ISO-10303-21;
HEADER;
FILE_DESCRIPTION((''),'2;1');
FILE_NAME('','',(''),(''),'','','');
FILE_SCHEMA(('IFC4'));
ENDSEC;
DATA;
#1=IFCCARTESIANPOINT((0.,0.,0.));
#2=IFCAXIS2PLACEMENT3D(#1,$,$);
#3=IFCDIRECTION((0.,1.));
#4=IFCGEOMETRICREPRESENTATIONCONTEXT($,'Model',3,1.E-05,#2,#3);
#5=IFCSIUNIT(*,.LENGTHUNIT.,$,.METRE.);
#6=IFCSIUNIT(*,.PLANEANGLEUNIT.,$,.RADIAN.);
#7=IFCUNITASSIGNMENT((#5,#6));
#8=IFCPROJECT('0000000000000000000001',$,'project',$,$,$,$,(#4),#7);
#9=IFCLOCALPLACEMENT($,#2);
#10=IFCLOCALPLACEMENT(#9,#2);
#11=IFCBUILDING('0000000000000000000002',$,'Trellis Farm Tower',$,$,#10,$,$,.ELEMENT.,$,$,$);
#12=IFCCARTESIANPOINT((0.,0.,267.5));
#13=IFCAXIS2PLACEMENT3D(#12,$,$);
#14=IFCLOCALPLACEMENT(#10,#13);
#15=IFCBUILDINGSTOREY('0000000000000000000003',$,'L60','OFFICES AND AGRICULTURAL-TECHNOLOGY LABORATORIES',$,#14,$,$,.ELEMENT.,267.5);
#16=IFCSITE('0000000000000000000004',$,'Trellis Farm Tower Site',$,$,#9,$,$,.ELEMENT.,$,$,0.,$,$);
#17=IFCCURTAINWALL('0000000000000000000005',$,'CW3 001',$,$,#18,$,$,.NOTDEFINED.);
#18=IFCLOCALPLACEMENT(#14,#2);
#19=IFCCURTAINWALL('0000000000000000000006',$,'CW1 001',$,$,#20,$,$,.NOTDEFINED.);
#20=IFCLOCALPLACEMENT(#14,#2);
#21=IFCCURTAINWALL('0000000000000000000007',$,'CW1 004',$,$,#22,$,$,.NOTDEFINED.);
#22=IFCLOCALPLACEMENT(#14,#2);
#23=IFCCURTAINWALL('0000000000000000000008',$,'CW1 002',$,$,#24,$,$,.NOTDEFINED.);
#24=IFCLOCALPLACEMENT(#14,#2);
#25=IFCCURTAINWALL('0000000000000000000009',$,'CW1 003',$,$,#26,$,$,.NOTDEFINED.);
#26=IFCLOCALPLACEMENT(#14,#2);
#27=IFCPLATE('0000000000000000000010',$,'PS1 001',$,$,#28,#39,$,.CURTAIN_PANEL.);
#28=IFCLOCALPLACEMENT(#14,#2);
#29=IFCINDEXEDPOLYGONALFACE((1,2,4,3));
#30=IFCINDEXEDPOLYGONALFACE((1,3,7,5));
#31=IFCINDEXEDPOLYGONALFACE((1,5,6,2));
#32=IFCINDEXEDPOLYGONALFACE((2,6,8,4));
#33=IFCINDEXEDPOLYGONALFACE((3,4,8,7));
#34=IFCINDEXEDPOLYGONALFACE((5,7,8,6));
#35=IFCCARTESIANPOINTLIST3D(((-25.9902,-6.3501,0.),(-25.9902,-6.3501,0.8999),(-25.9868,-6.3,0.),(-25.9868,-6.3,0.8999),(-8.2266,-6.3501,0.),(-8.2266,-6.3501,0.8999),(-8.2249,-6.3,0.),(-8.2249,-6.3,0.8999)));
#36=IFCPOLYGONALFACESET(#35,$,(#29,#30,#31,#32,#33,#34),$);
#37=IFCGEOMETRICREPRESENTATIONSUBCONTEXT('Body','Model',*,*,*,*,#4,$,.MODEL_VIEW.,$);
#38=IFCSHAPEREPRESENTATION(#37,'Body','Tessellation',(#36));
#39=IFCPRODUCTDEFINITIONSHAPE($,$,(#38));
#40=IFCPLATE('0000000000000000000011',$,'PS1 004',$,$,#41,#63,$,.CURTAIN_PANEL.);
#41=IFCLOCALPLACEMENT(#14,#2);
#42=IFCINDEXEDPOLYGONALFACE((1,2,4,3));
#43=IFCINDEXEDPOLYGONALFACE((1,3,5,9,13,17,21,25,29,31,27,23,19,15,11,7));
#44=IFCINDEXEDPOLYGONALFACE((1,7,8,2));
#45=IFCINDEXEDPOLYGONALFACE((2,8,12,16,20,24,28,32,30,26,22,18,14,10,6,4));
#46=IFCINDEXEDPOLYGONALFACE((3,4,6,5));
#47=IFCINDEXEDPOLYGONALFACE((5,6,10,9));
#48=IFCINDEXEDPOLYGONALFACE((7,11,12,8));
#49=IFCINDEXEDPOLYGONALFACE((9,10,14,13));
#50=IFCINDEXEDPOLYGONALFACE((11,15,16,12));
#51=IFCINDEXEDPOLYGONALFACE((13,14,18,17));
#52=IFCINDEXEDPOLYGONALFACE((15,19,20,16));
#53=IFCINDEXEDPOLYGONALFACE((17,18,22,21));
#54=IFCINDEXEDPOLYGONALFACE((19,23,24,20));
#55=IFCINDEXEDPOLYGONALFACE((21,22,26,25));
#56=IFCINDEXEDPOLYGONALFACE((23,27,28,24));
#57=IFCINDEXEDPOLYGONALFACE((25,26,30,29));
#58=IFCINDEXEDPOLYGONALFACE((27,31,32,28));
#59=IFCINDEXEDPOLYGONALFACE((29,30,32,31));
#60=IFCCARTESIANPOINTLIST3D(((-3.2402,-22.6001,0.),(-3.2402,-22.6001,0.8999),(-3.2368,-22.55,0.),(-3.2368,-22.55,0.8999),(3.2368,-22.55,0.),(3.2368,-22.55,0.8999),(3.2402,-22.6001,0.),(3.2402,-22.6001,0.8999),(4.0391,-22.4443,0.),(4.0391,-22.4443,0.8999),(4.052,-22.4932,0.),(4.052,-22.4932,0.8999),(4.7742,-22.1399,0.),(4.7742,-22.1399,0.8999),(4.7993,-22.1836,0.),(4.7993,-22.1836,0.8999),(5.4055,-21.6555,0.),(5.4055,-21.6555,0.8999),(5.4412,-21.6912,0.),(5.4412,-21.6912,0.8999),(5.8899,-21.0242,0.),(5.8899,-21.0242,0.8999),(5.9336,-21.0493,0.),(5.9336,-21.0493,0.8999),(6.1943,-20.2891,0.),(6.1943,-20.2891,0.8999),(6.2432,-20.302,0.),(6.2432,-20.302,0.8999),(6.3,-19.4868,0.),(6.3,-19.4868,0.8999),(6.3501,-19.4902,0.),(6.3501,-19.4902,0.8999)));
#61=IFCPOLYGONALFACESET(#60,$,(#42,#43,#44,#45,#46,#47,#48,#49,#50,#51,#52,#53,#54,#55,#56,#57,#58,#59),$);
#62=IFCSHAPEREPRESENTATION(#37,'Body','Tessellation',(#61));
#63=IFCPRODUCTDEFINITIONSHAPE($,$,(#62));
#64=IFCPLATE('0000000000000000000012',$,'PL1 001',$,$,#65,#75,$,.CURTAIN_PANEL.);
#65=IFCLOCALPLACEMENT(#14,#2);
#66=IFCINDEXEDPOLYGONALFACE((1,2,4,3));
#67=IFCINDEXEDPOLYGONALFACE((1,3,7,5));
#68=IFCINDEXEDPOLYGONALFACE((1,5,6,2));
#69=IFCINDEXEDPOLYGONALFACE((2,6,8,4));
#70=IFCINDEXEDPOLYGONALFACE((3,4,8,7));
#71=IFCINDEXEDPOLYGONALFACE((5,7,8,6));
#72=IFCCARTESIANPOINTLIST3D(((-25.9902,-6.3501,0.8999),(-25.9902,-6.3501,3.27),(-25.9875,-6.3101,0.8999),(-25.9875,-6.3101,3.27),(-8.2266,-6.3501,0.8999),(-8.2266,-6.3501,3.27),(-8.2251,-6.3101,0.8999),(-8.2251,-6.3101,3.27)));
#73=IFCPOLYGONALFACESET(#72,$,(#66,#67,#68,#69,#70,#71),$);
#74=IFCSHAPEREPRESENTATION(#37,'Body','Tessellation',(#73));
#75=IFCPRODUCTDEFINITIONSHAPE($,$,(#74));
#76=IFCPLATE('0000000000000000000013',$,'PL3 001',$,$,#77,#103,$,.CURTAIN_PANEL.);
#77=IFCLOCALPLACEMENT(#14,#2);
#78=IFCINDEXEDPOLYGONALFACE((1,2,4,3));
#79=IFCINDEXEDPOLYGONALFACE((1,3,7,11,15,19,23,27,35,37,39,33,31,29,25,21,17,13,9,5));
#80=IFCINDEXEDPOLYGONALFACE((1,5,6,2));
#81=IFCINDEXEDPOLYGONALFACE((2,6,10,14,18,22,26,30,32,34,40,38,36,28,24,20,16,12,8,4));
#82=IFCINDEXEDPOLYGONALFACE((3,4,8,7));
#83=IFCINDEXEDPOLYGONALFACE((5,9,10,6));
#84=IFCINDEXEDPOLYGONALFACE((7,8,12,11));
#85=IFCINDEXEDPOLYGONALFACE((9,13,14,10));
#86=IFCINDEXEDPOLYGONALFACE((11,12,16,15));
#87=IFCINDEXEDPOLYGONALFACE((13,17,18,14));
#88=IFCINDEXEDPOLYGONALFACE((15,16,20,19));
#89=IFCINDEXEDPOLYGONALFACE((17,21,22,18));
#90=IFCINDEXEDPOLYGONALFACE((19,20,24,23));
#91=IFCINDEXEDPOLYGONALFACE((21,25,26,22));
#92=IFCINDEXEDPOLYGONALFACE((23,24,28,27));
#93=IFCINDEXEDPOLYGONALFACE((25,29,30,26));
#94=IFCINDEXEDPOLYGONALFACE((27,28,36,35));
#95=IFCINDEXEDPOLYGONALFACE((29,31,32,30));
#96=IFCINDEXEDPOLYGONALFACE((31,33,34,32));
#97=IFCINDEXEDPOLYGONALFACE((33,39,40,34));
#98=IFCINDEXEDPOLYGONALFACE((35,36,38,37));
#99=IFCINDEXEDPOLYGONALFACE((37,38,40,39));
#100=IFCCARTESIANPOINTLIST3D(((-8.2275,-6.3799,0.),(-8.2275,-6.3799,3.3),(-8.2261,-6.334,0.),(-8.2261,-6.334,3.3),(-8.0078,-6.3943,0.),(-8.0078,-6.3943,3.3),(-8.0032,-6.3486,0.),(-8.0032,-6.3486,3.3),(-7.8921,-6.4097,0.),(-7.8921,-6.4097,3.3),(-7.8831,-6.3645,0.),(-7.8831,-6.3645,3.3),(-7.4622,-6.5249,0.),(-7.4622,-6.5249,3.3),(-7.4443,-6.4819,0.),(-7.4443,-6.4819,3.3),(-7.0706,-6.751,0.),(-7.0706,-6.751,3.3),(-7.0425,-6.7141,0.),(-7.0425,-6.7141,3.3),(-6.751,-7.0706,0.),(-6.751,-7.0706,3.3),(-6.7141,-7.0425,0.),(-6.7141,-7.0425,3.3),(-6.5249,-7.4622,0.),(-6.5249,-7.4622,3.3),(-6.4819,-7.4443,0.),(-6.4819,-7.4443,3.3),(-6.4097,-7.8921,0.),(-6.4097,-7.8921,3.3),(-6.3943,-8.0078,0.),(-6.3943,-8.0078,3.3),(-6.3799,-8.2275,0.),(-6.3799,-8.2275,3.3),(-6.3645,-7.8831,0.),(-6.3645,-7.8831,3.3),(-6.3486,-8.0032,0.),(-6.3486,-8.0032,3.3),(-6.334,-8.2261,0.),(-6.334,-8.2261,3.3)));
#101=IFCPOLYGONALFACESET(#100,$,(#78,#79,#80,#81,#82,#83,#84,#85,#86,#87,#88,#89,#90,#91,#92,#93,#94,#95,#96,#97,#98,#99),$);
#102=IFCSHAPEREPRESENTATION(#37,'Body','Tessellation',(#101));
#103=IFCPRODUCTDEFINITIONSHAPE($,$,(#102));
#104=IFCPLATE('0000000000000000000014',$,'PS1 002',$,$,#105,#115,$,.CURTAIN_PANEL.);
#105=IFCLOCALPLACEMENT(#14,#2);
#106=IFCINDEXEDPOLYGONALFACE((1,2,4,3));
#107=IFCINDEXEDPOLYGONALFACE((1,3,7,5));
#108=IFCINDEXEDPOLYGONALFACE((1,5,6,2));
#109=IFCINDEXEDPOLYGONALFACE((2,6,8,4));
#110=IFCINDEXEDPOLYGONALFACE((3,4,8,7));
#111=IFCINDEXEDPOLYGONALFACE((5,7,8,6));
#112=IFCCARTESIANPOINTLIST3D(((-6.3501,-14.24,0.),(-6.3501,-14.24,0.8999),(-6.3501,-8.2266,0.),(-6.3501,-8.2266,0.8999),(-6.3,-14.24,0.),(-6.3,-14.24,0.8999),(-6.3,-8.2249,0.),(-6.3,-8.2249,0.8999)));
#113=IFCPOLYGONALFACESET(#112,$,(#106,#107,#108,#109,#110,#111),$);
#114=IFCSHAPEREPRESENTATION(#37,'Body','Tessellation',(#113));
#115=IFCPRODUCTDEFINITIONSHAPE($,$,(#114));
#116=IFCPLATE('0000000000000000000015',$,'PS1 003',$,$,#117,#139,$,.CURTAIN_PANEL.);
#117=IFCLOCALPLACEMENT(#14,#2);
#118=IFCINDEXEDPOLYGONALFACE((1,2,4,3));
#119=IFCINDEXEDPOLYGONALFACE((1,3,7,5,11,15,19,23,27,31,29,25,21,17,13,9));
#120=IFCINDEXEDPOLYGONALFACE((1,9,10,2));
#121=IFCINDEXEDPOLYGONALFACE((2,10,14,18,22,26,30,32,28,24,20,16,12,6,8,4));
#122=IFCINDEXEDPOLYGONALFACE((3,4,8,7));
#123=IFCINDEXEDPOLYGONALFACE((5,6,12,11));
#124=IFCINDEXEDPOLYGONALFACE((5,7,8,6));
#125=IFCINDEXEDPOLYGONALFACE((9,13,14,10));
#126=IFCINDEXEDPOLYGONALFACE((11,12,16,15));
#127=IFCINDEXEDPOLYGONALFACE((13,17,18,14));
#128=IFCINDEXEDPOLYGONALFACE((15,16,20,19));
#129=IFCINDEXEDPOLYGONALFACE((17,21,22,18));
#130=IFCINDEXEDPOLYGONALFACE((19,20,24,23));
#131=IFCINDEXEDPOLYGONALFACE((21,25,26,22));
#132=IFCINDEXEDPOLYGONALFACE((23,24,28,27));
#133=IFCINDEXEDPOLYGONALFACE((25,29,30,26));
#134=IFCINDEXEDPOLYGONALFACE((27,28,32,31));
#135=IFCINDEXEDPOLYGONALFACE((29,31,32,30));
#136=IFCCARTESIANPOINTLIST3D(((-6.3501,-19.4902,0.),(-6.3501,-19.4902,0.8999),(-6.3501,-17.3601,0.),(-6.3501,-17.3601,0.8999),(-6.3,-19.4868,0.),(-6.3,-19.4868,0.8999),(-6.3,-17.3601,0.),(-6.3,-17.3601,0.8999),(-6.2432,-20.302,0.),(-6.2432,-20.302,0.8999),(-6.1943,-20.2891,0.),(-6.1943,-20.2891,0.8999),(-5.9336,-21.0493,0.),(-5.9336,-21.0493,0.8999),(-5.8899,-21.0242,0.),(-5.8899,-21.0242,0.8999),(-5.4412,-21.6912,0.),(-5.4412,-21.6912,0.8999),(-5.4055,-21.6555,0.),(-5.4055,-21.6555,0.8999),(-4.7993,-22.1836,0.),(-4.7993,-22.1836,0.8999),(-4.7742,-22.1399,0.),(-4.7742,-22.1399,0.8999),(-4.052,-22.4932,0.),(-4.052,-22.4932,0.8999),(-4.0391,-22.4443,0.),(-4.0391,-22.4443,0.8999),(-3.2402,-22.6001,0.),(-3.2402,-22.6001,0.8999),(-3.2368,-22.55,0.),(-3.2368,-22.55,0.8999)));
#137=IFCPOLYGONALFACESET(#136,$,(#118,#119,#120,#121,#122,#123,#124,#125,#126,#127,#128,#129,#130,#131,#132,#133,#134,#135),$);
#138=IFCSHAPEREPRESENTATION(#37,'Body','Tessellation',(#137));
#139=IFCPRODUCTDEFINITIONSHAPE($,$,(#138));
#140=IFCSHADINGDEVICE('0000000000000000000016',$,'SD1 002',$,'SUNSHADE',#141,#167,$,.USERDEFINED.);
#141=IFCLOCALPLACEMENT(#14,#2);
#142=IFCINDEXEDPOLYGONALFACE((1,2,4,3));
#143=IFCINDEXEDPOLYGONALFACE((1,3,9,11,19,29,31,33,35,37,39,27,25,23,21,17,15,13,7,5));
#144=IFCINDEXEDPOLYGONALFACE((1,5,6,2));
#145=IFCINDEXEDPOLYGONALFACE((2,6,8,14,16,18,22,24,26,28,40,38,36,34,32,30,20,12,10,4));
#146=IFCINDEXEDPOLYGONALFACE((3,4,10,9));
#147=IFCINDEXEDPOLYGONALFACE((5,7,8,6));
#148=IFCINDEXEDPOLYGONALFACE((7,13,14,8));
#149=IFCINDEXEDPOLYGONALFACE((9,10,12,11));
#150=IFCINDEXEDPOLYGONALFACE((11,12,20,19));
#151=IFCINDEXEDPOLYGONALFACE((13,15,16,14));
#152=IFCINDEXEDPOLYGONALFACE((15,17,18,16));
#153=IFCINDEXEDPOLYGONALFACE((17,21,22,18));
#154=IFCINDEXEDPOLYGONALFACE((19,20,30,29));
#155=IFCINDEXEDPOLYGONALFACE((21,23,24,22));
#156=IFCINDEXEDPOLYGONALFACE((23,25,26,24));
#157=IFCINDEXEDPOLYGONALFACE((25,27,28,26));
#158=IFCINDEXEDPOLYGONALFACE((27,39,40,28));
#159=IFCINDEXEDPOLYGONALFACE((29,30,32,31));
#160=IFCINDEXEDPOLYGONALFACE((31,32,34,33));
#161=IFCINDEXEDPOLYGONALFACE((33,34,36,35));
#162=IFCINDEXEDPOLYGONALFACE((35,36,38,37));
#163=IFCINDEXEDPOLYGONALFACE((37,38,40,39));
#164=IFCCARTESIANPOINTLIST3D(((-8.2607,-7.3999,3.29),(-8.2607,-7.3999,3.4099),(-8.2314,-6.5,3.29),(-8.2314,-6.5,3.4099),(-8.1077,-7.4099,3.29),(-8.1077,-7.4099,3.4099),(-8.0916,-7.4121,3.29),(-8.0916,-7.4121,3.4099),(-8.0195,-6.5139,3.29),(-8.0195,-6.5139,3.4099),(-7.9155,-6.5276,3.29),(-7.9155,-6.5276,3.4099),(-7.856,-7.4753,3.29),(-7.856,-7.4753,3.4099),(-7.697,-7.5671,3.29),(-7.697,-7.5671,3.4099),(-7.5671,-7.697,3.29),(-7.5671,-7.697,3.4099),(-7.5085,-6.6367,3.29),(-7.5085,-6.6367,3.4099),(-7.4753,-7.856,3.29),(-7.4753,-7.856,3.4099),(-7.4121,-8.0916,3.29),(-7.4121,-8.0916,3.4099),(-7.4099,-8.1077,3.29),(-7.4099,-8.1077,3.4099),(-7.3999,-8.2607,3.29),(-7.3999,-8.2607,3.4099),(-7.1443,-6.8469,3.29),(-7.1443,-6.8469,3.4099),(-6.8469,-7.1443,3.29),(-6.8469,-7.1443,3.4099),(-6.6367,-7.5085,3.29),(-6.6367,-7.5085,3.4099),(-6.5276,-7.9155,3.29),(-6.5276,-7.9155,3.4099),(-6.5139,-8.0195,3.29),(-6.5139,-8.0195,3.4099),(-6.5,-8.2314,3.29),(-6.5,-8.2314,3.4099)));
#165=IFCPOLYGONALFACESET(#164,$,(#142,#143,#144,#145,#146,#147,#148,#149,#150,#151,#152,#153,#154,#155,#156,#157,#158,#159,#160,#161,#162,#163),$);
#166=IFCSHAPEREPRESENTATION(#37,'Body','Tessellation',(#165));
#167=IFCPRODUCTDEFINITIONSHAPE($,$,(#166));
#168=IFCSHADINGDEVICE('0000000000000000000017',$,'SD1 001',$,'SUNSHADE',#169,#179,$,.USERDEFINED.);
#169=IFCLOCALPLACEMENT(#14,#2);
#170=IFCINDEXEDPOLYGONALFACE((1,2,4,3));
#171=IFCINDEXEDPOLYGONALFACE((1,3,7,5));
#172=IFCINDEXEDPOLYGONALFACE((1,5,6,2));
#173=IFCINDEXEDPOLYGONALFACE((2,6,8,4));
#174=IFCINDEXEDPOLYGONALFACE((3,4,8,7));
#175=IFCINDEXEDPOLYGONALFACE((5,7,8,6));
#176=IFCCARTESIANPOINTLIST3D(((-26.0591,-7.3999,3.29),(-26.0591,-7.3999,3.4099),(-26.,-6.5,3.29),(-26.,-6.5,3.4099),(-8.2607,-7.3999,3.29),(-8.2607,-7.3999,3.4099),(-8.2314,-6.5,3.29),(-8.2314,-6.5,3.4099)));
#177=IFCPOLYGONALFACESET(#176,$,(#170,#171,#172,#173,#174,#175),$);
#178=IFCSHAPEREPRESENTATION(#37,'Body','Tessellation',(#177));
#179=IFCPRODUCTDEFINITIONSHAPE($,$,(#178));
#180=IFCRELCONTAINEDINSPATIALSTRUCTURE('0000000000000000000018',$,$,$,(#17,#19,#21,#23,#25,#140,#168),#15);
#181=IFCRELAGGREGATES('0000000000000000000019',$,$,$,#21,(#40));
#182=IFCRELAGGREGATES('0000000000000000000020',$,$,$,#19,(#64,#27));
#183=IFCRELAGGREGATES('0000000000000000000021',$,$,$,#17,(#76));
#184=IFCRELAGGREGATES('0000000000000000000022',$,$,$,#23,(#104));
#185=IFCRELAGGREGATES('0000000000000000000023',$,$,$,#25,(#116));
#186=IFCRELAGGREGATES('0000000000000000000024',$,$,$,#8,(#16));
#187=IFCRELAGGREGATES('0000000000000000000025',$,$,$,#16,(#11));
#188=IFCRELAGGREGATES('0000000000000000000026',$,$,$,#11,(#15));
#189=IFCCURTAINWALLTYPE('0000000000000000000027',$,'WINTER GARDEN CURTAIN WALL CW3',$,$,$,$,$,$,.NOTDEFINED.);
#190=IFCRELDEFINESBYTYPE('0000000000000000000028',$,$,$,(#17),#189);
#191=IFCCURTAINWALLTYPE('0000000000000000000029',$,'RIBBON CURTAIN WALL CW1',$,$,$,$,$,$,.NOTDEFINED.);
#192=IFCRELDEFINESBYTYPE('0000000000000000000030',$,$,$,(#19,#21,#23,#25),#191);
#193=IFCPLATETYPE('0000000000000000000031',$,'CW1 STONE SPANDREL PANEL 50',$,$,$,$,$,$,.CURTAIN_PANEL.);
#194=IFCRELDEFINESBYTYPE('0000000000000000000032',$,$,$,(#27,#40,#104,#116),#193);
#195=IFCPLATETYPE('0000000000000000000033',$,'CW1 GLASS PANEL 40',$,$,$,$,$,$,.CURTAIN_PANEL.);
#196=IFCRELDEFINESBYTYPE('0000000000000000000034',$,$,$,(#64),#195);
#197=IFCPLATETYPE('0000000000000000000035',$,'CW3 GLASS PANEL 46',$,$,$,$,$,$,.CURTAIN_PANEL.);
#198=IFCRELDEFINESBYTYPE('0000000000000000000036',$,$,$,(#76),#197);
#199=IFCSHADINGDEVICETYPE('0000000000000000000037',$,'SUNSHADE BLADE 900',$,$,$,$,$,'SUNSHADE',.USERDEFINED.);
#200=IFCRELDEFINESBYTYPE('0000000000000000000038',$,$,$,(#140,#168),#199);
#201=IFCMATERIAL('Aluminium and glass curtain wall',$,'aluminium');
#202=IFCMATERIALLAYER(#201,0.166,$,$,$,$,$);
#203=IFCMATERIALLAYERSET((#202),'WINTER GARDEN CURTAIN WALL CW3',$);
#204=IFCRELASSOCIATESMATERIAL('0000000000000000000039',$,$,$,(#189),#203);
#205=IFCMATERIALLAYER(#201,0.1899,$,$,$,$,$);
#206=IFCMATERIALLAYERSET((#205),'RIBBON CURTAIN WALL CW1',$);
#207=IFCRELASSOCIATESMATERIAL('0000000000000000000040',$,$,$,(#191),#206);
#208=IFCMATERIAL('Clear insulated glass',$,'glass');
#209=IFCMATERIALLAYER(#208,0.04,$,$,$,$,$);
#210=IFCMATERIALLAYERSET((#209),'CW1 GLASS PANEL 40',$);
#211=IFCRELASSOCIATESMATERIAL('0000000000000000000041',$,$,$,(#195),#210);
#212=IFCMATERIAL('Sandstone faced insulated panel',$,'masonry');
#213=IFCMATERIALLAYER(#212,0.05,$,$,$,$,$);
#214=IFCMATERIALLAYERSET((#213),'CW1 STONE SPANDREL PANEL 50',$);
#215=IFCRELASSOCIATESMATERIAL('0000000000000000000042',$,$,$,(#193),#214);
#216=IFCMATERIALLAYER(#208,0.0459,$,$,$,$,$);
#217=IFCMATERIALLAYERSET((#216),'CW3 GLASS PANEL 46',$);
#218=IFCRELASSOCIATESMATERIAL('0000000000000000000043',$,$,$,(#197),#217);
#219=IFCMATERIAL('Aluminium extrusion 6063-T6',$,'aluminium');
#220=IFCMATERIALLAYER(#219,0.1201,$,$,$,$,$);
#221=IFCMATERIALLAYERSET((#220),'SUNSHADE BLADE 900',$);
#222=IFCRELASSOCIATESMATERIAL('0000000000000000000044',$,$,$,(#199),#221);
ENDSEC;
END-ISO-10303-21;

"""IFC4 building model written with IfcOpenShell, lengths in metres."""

from ifc_helpers import new_model, si_unit, direction, frame, origin, place, context, subcontext, project, spatial, polyline, outline, extrude, source, transform, mapped, material, layer, layer_set, type_object, element, aggregate, save


model = new_model("IFC4")

# Units and contexts
model_context = context("Model", 3, precision=1e-05, world=origin(), true_north=direction((0.0, 1.0)))
body_context = subcontext(model_context, "Body", "Model", "MODEL_VIEW")
ifc_project = project(units=[si_unit("LENGTHUNIT", "METRE"), si_unit("PLANEANGLEUNIT", "RADIAN")], contexts=[model_context])

# Site, building, storey
site_placement = place(None, origin())
site = spatial("IfcSite", under=ifc_project, at=site_placement, Name="Trellis Farm Tower Site", CompositionType="ELEMENT", RefElevation=0.0)
building_placement = place(site_placement, origin())
building = spatial("IfcBuilding", under=site, at=building_placement, Name="Trellis Farm Tower", CompositionType="ELEMENT")
storey_placement = place(building_placement, frame((0.0, 0.0, 267.5)))
storey = spatial("IfcBuildingStorey", under=building, at=storey_placement, Name="L60", Description="OFFICES AND AGRICULTURAL-TECHNOLOGY LABORATORIES", CompositionType="ELEMENT", Elevation=267.5)

# Curtain walls
ifc_material_1 = material(Name="Aluminium and glass curtain wall", Category="aluminium")
ifc_layer_1 = layer(ifc_material_1, 0.166)
ifc_layer_set_1 = layer_set([ifc_layer_1], Name="WINTER GARDEN CURTAIN WALL CW3")
curtain_wall_type_1 = type_object("IfcCurtainWallType", Name="WINTER GARDEN CURTAIN WALL CW3", PredefinedType="NOTDEFINED", material=ifc_layer_set_1)
placement_1 = place(storey_placement, origin())
curtain_wall_1 = element("IfcCurtainWall", 1, at=placement_1, inside=storey, type_object=curtain_wall_type_1, Name="CW3 001", PredefinedType="NOTDEFINED")
ifc_material_2 = material(Name="Aluminium extrusion 6063-T6", Category="aluminium")
ifc_layer_2 = layer(ifc_material_1, 0.1899)
ifc_layer_set_2 = layer_set([ifc_layer_2], Name="RIBBON CURTAIN WALL CW1")
curtain_wall_type_2 = type_object("IfcCurtainWallType", Name="RIBBON CURTAIN WALL CW1", PredefinedType="NOTDEFINED", material=ifc_layer_set_2)
curtain_wall_2 = element("IfcCurtainWall", 2, at=placement_1, inside=storey, type_object=curtain_wall_type_2, Name="CW1 001", PredefinedType="NOTDEFINED")
curtain_wall_3 = element("IfcCurtainWall", 3, at=placement_1, inside=storey, type_object=curtain_wall_type_2, Name="CW1 004", PredefinedType="NOTDEFINED")
curtain_wall_4 = element("IfcCurtainWall", 4, at=placement_1, inside=storey, type_object=curtain_wall_type_2, Name="CW1 002", PredefinedType="NOTDEFINED")
curtain_wall_5 = element("IfcCurtainWall", 5, at=placement_1, inside=storey, type_object=curtain_wall_type_2, Name="CW1 003", PredefinedType="NOTDEFINED")

# Plates
ifc_material_3 = material(Name="Clear insulated glass", Category="glass")
ifc_layer_3 = layer(ifc_material_3, 0.04)
ifc_layer_set_3 = layer_set([ifc_layer_3], Name="CW1 GLASS PANEL 40")
plate_type_1 = type_object("IfcPlateType", Name="CW1 GLASS PANEL 40", PredefinedType="CURTAIN_PANEL", material=ifc_layer_set_3)
placement_2 = place(storey_placement, frame((0.0, 0.0, 0.8999)))
ifc_material_4 = material(Name="Sandstone faced insulated panel", Category="masonry")
ifc_layer_4 = layer(ifc_material_4, 0.05)
ifc_layer_set_4 = layer_set([ifc_layer_4], Name="CW1 STONE SPANDREL PANEL 50")
plate_type_2 = type_object("IfcPlateType", Name="CW1 STONE SPANDREL PANEL 50", PredefinedType="CURTAIN_PANEL", material=ifc_layer_set_4)
shared_shape_1 = source(origin(), body_context, "Body", "SweptSolid", [
    extrude(outline(polyline([(-25.9902, -6.3501), (-8.2266, -6.3501), (-8.2249, -6.3), (-25.9868, -6.3), (-25.9902, -6.3501)])), origin(), (0.0, 0.0, 1.0), 0.8999),
])
plate_1 = element("IfcPlate", 6, at=placement_1, type_object=plate_type_2, Name="PS1 001", PredefinedType="CURTAIN_PANEL", context=body_context, shape_type="MappedRepresentation", body=[
    mapped(shared_shape_1, transform((0.0, 0.0, 0.0))),
])
shared_shape_2 = source(origin(), body_context, "Body", "SweptSolid", [
    extrude(outline(polyline([(-3.2402, -22.6001), (3.2402, -22.6001), (4.052, -22.4932), (4.7993, -22.1836), (5.4412, -21.6912), (5.9336, -21.0493), (6.2432, -20.302), (6.3501, -19.4902), (6.3, -19.4868), (6.1943, -20.2891), (5.8899, -21.0242), (5.4055, -21.6555), (4.7742, -22.1399), (4.0391, -22.4443), (3.2368, -22.55), (-3.2368, -22.55), (-3.2402, -22.6001)])), origin(), (0.0, 0.0, 1.0), 0.8999),
])
plate_2 = element("IfcPlate", 7, at=placement_1, type_object=plate_type_2, Name="PS1 004", PredefinedType="CURTAIN_PANEL", context=body_context, shape_type="MappedRepresentation", body=[
    mapped(shared_shape_2, transform((0.0, 0.0, 0.0))),
])
aggregate(curtain_wall_3, [plate_2])
shared_shape_3 = source(origin(), body_context, "Body", "SweptSolid", [
    extrude(outline(polyline([(-25.9902, -6.3501), (-8.2266, -6.3501), (-8.2251, -6.3101), (-25.9875, -6.3101), (-25.9902, -6.3501)])), origin(), (0.0, 0.0, 1.0), 2.3701),
])
plate_3 = element("IfcPlate", 8, at=placement_2, type_object=plate_type_1, Name="PL1 001", PredefinedType="CURTAIN_PANEL", context=body_context, shape_type="MappedRepresentation", body=[
    mapped(shared_shape_3, transform((0.0, 0.0, 0.0))),
])
aggregate(curtain_wall_2, [plate_3, plate_1])
ifc_layer_5 = layer(ifc_material_3, 0.0459)
ifc_layer_set_5 = layer_set([ifc_layer_5], Name="CW3 GLASS PANEL 46")
plate_type_3 = type_object("IfcPlateType", Name="CW3 GLASS PANEL 46", PredefinedType="CURTAIN_PANEL", material=ifc_layer_set_5)
shared_shape_4 = source(origin(), body_context, "Body", "SweptSolid", [
    extrude(outline(polyline([(-8.2275, -6.3799), (-8.0078, -6.3943), (-7.8921, -6.4097), (-7.4622, -6.5249), (-7.0706, -6.751), (-6.751, -7.0706), (-6.5249, -7.4622), (-6.4097, -7.8921), (-6.3943, -8.0078), (-6.3799, -8.2275), (-6.334, -8.2261), (-6.3486, -8.0032), (-6.3645, -7.8831), (-6.4819, -7.4443), (-6.7141, -7.0425), (-7.0425, -6.7141), (-7.4443, -6.4819), (-7.8831, -6.3645), (-8.0032, -6.3486), (-8.2261, -6.334), (-8.2275, -6.3799)])), origin(), (0.0, 0.0, 1.0), 3.3),
])
plate_4 = element("IfcPlate", 9, at=placement_1, type_object=plate_type_3, Name="PL3 001", PredefinedType="CURTAIN_PANEL", context=body_context, shape_type="MappedRepresentation", body=[
    mapped(shared_shape_4, transform((0.0, 0.0, 0.0))),
])
aggregate(curtain_wall_1, [plate_4])
shared_shape_5 = source(origin(), body_context, "Body", "SweptSolid", [
    extrude(outline(polyline([(-6.3501, -8.2266), (-6.3501, -14.24), (-6.3, -14.24), (-6.3, -8.2249), (-6.3501, -8.2266)])), origin(), (0.0, 0.0, 1.0), 0.8999),
])
plate_5 = element("IfcPlate", 10, at=placement_1, type_object=plate_type_2, Name="PS1 002", PredefinedType="CURTAIN_PANEL", context=body_context, shape_type="MappedRepresentation", body=[
    mapped(shared_shape_5, transform((0.0, 0.0, 0.0))),
])
aggregate(curtain_wall_4, [plate_5])
shared_shape_6 = source(origin(), body_context, "Body", "SweptSolid", [
    extrude(outline(polyline([(-6.3501, -17.3601), (-6.3501, -19.4902), (-6.2432, -20.302), (-5.9336, -21.0493), (-5.4412, -21.6912), (-4.7993, -22.1836), (-4.052, -22.4932), (-3.2402, -22.6001), (-3.2368, -22.55), (-4.0391, -22.4443), (-4.7742, -22.1399), (-5.4055, -21.6555), (-5.8899, -21.0242), (-6.1943, -20.2891), (-6.3, -19.4868), (-6.3, -17.3601), (-6.3501, -17.3601)])), origin(), (0.0, 0.0, 1.0), 0.8999),
])
plate_6 = element("IfcPlate", 11, at=placement_1, type_object=plate_type_2, Name="PS1 003", PredefinedType="CURTAIN_PANEL", context=body_context, shape_type="MappedRepresentation", body=[
    mapped(shared_shape_6, transform((0.0, 0.0, 0.0))),
])
aggregate(curtain_wall_5, [plate_6])

# Shading devices
ifc_layer_6 = layer(ifc_material_2, 0.1201)
ifc_layer_set_6 = layer_set([ifc_layer_6], Name="SUNSHADE BLADE 900")
shading_device_type_1 = type_object("IfcShadingDeviceType", Name="SUNSHADE BLADE 900", ElementType="SUNSHADE", PredefinedType="USERDEFINED", material=ifc_layer_set_6)
shared_shape_7 = source(origin(), body_context, "Body", "SweptSolid", [
    extrude(outline(polyline([(-8.2607, -7.3999), (-8.1077, -7.4099), (-8.0916, -7.4121), (-7.856, -7.4753), (-7.697, -7.5671), (-7.5671, -7.697), (-7.4753, -7.856), (-7.4121, -8.0916), (-7.4099, -8.1077), (-7.3999, -8.2607), (-6.5, -8.2314), (-6.5139, -8.0195), (-6.5276, -7.9155), (-6.6367, -7.5085), (-6.8469, -7.1443), (-7.1443, -6.8469), (-7.5085, -6.6367), (-7.9155, -6.5276), (-8.0195, -6.5139), (-8.2314, -6.5), (-8.2607, -7.3999)])), origin(), (0.0, 0.0, 1.0), 0.1199),
])
placement_3 = place(storey_placement, frame((0.0, 0.0, 3.29)))
element("IfcShadingDevice", 12, at=placement_3, inside=storey, type_object=shading_device_type_1, Name="SD1 002", ObjectType="SUNSHADE", PredefinedType="USERDEFINED", context=body_context, shape_type="MappedRepresentation", body=[
    mapped(shared_shape_7, transform((0.0, 0.0, 0.0))),
])
shared_shape_8 = source(origin(), body_context, "Body", "SweptSolid", [
    extrude(outline(polyline([(-26.0591, -7.3999), (-8.2607, -7.3999), (-8.2314, -6.5), (-26.0, -6.5), (-26.0591, -7.3999)])), origin(), (0.0, 0.0, 1.0), 0.1199),
])
element("IfcShadingDevice", 13, at=placement_3, inside=storey, type_object=shading_device_type_1, Name="SD1 001", ObjectType="SUNSHADE", PredefinedType="USERDEFINED", context=body_context, shape_type="MappedRepresentation", body=[
    mapped(shared_shape_8, transform((0.0, 0.0, 0.0))),
])

save(model, "model.ifc")
